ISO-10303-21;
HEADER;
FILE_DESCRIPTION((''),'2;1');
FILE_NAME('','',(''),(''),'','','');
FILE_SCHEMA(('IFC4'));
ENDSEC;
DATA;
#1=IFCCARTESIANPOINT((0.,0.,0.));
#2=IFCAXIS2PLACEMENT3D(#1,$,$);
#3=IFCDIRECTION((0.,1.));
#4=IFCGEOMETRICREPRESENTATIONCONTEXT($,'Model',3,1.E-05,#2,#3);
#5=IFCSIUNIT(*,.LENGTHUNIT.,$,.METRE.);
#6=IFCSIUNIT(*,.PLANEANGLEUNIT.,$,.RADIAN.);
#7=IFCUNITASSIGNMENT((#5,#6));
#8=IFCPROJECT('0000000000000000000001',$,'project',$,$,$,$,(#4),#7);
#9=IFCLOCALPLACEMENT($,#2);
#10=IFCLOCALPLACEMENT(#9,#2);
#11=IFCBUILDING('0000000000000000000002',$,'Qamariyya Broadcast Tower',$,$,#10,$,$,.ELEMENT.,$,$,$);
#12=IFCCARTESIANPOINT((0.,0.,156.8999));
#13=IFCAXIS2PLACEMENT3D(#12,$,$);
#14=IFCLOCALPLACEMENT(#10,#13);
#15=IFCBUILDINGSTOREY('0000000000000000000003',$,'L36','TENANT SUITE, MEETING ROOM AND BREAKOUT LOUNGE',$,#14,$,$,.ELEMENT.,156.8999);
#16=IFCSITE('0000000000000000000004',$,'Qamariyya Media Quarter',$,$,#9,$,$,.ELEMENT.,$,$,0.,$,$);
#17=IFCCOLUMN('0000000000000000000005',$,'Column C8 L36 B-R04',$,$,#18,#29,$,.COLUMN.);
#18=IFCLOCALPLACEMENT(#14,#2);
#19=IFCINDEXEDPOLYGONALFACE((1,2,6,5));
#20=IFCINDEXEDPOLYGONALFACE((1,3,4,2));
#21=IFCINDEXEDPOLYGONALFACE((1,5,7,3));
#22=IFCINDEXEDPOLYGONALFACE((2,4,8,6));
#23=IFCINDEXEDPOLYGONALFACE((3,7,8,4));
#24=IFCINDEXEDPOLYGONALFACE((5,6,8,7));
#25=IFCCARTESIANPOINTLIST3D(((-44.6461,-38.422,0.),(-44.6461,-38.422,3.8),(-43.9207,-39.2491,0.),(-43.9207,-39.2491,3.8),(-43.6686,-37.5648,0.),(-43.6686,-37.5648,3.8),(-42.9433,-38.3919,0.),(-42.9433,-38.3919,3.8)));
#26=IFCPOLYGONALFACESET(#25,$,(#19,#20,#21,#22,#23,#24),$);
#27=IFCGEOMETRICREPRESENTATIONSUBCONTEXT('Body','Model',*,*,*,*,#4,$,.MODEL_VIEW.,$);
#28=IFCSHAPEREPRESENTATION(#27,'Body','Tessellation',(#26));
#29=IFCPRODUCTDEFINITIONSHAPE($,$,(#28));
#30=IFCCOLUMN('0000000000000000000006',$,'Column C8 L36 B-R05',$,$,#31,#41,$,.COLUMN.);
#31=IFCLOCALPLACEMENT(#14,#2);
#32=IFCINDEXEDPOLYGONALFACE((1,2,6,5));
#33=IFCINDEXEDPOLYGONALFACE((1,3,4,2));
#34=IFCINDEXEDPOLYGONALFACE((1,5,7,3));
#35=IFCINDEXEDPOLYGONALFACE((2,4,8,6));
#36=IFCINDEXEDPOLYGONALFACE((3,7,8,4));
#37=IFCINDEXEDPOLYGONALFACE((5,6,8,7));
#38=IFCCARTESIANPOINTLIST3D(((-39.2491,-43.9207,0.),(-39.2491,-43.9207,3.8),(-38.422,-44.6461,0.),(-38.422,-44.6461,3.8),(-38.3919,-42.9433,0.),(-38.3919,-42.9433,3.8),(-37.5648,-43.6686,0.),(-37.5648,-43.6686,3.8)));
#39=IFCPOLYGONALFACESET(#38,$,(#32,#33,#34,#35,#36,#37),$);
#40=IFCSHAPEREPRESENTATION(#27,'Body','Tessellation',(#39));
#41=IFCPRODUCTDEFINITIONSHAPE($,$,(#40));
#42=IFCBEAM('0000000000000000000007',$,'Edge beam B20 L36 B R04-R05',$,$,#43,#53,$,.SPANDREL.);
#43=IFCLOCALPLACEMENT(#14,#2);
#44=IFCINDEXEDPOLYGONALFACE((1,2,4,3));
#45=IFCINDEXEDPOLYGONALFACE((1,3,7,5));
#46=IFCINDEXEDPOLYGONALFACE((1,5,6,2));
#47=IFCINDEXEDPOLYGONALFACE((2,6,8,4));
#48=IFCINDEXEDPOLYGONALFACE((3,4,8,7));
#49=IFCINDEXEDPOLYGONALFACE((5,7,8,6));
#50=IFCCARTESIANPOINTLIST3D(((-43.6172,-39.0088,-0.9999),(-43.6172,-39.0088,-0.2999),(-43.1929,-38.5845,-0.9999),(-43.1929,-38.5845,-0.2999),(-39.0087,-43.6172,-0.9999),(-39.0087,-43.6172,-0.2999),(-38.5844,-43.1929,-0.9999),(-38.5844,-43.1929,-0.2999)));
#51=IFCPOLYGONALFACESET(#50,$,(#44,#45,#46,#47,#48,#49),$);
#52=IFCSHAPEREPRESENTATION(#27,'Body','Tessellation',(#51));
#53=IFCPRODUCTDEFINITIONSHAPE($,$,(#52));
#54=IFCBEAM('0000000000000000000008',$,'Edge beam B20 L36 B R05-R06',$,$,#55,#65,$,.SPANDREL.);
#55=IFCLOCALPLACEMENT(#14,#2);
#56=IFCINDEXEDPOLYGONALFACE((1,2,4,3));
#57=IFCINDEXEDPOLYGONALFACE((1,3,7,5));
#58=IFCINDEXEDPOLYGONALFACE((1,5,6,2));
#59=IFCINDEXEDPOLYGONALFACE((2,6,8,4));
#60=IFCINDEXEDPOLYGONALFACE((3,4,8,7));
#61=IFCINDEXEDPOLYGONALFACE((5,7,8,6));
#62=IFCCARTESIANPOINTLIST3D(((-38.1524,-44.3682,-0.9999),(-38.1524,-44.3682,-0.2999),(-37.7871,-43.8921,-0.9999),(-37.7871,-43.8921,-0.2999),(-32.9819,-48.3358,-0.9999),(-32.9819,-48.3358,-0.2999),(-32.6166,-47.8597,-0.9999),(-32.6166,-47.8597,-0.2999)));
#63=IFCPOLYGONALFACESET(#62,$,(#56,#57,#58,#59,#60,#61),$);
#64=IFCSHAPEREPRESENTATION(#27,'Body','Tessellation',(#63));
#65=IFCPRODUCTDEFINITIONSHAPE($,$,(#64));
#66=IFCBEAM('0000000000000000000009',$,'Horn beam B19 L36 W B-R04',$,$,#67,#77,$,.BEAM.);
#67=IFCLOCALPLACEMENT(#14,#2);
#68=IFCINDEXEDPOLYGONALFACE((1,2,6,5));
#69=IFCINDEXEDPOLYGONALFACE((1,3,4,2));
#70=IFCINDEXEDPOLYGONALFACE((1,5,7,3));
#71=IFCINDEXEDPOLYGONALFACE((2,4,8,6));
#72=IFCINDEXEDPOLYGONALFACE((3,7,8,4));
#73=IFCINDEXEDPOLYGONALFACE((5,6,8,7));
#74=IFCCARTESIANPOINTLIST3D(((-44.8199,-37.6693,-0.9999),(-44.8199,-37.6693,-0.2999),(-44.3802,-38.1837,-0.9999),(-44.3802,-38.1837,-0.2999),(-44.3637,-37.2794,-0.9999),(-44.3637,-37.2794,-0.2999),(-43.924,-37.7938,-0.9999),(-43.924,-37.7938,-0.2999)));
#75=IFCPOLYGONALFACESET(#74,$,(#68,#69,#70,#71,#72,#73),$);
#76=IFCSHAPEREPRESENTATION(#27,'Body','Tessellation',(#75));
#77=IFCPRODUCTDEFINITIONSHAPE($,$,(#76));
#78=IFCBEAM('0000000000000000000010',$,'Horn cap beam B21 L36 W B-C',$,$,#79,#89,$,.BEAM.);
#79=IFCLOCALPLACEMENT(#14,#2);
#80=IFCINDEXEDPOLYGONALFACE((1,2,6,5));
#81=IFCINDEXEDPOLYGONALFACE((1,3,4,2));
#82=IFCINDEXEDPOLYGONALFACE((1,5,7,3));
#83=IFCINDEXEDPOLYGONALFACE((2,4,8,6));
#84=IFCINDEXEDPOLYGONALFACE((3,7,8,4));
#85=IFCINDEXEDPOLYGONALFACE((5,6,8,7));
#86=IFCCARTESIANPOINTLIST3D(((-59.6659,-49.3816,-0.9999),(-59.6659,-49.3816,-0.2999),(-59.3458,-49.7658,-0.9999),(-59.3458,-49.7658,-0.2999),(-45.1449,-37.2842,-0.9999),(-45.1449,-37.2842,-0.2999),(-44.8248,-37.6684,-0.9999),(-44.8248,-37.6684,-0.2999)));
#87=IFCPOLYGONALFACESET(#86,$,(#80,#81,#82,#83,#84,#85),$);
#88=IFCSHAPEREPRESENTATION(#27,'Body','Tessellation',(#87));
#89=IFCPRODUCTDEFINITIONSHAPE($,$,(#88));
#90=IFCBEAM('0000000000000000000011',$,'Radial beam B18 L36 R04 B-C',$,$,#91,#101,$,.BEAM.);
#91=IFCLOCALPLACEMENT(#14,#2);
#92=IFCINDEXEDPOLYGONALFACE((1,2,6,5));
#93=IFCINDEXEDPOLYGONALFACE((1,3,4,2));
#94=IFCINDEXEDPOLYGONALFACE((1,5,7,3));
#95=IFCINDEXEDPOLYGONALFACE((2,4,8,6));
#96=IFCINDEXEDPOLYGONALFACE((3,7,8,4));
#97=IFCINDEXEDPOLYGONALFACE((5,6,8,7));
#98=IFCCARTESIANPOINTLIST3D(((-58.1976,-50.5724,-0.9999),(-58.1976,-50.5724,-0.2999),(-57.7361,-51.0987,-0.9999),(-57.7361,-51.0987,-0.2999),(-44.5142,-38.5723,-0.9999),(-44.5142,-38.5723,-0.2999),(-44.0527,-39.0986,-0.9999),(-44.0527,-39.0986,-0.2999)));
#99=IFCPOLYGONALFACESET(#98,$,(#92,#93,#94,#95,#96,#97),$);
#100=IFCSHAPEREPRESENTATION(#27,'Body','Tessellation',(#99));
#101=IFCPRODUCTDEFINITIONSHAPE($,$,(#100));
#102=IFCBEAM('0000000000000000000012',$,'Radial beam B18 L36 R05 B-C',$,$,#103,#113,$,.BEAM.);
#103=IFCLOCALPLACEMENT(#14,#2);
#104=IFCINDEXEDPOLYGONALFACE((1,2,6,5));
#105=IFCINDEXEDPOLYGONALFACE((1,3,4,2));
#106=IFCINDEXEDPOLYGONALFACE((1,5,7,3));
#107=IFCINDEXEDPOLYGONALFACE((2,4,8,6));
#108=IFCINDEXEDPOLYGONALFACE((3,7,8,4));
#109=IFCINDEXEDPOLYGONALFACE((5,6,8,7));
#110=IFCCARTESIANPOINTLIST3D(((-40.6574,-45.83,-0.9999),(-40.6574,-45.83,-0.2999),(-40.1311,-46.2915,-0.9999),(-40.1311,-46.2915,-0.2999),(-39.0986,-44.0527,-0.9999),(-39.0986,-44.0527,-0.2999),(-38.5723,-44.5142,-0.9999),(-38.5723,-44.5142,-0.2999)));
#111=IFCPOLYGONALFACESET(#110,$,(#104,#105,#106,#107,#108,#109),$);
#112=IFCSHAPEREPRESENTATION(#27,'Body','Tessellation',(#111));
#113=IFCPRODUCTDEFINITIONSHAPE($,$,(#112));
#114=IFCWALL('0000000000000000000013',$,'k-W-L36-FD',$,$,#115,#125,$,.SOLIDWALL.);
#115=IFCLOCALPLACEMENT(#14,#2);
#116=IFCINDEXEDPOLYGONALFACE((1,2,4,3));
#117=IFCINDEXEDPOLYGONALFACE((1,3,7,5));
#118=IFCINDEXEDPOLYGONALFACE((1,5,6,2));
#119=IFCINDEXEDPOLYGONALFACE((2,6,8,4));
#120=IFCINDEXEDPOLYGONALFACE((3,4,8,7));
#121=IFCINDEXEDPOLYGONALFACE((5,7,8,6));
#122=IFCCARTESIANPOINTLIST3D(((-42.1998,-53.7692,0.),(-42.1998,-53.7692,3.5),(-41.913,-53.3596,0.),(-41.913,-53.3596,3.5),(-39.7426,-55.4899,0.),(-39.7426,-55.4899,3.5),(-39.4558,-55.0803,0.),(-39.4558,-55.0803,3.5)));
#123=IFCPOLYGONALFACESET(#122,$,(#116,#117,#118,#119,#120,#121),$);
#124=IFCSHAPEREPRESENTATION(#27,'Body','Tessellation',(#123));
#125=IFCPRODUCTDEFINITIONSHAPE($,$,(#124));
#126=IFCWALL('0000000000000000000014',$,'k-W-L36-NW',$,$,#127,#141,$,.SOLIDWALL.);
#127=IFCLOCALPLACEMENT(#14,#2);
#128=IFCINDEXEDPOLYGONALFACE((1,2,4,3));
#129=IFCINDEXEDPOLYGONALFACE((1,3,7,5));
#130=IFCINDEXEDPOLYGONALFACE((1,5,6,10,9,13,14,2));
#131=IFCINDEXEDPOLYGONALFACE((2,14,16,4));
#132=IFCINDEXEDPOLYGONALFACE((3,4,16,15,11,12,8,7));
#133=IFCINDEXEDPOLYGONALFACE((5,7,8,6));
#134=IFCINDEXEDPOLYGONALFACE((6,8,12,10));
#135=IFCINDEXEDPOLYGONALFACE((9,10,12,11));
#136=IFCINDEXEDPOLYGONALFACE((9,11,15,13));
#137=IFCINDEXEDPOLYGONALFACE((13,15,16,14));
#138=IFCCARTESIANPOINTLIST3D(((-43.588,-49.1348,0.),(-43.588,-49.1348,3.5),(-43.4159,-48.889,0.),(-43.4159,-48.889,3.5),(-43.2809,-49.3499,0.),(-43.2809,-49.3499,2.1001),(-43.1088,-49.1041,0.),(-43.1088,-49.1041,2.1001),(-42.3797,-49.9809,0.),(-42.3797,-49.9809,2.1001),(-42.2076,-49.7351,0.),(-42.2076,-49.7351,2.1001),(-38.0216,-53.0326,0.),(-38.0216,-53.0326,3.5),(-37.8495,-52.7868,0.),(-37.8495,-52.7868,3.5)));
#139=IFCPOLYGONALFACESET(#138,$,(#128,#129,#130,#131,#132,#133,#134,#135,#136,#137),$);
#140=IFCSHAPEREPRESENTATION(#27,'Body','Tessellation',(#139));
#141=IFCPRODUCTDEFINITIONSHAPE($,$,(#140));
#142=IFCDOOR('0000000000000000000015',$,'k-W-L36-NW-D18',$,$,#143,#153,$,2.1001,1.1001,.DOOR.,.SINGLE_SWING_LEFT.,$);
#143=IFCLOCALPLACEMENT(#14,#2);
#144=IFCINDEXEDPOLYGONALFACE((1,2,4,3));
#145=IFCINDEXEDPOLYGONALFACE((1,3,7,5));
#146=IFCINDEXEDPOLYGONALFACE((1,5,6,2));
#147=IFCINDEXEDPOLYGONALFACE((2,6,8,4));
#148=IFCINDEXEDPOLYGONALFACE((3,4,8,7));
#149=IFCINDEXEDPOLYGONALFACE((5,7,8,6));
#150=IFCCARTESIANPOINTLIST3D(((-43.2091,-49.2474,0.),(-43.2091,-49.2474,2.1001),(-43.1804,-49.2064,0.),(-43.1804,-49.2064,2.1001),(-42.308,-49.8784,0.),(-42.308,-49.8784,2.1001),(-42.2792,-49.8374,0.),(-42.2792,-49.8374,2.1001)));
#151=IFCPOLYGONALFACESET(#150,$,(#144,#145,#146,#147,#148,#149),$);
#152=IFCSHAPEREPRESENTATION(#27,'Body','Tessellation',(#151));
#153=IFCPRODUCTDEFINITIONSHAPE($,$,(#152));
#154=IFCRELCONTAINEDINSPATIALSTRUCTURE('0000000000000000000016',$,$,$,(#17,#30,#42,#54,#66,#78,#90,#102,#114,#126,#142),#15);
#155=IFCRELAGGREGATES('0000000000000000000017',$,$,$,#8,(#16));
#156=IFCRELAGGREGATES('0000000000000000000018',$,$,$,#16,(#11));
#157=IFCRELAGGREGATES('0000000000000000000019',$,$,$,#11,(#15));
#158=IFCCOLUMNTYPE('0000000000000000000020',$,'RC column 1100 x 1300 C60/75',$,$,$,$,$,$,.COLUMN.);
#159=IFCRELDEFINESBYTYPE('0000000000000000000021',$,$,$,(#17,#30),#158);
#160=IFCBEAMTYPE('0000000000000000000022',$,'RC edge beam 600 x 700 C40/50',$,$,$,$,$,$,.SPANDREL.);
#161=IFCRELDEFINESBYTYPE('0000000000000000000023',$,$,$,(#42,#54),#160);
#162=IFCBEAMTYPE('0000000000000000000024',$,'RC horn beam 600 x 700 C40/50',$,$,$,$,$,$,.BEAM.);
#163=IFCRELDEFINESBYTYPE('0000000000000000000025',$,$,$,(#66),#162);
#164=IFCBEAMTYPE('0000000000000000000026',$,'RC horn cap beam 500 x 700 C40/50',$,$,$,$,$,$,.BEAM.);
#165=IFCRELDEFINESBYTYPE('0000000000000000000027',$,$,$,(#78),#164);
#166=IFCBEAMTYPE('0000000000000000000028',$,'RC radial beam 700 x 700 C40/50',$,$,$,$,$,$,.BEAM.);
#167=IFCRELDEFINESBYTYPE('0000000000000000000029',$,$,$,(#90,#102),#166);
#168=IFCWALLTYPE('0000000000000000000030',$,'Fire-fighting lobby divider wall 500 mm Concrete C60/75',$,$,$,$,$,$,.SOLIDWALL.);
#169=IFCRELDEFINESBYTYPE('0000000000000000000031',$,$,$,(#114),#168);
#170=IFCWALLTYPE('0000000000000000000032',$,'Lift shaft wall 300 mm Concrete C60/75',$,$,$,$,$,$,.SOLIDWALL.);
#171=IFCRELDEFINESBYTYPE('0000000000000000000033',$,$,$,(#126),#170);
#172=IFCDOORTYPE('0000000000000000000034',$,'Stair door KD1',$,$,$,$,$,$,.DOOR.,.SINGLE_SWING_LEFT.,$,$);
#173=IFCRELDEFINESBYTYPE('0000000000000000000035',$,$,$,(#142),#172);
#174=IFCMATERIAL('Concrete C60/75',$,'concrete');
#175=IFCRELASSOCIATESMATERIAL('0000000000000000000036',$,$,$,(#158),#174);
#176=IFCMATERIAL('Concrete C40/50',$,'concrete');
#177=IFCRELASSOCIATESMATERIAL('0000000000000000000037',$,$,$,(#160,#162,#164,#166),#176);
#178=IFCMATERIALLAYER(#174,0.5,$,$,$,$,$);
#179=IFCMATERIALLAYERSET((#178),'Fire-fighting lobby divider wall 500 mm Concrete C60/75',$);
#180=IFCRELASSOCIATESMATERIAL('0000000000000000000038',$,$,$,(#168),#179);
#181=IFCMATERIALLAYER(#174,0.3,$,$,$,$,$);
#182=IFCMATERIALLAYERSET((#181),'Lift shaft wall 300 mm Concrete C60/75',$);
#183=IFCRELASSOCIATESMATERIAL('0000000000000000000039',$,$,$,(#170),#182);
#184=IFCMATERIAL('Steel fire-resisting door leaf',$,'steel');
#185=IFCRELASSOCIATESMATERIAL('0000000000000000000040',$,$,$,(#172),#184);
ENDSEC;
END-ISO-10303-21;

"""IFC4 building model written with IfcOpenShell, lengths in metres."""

from ifc_helpers import new_model, si_unit, direction, frame, frame_2d, origin, origin_2d, place, context, subcontext, project, spatial, rectangle, extrude, material, layer, layer_set, material_profile, profile_set, type_object, element, fill, save


model = new_model("IFC4")

# Units and contexts
model_context = context("Model", 3, precision=1e-05, world=origin(), true_north=direction((0.0, 1.0)))
body_context = subcontext(model_context, "Body", "Model", "MODEL_VIEW")
ifc_project = project(units=[si_unit("LENGTHUNIT", "METRE"), si_unit("PLANEANGLEUNIT", "RADIAN")], contexts=[model_context])

# Site, building, storey
site_placement = place(None, origin())
site = spatial("IfcSite", under=ifc_project, at=site_placement, Name="Qamariyya Media Quarter", CompositionType="ELEMENT", RefElevation=0.0)
building_placement = place(site_placement, origin())
building = spatial("IfcBuilding", under=site, at=building_placement, Name="Qamariyya Broadcast Tower", CompositionType="ELEMENT")
storey_placement = place(building_placement, frame((0.0, 0.0, 156.8999)))
storey = spatial("IfcBuildingStorey", under=building, at=storey_placement, Name="L36", Description="TENANT SUITE, MEETING ROOM AND BREAKOUT LOUNGE", CompositionType="ELEMENT", Elevation=156.8999)

# Columns
ifc_material_1 = material(Name="Concrete C60/75", Category="concrete")
ifc_material_profile_1 = material_profile(ifc_material_1, rectangle(XDim=1.1001, YDim=1.3, at=origin_2d()))
ifc_profile_set_1 = profile_set([ifc_material_profile_1], Name="Concrete C60/75")
column_type = type_object("IfcColumnType", Name="RC column 1100 x 1300 C60/75", PredefinedType="COLUMN", material=ifc_profile_set_1)
for number, where, z_axis, x_axis, name in (
    (1, (-43.7947, -38.407, 0.0), (0.0, 0.0, 1.0), (0.659346, -0.75184, 0.0), "Column C8 L36 B-R04"),
    (2, (-38.407, -43.7947, 0.0), (0.0, 0.0, 1.0), (0.75184, -0.659346, 0.0), "Column C8 L36 B-R05"),
):
    element("IfcColumn", number, at=place(storey_placement, frame(where, z_axis=z_axis, x_axis=x_axis)), inside=storey, type_object=column_type, Name=name, PredefinedType="COLUMN", context=body_context, shape_type="SweptSolid", body=[
        extrude(rectangle(XDim=1.1001, YDim=1.3, at=origin_2d()), origin(), (0.0, 0.0, 1.0), 3.8),
    ])

# Beams
ifc_material_2 = material(Name="Concrete C40/50", Category="concrete")
ifc_material_profile_2 = material_profile(ifc_material_2, rectangle(XDim=0.6001, YDim=0.7, at=origin_2d()))
ifc_profile_set_2 = profile_set([ifc_material_profile_2], Name="Concrete C40/50")
beam_type_1 = type_object("IfcBeamType", Name="RC edge beam 600 x 700 C40/50", PredefinedType="SPANDREL", material=ifc_profile_set_2)
for number, where, z_axis, x_axis, name in (
    (3, (-43.405, -38.7966, -0.6499), (0.707107, -0.707107, 0.0), (0.707107, 0.707107, 0.0), "Edge beam B20 L36 B R04-R05"),
    (4, (-37.9697, -44.1301, -0.6499), (0.793343, -0.608774, 0.0), (0.608774, 0.793343, 0.0), "Edge beam B20 L36 B R05-R06"),
):
    element("IfcBeam", number, at=place(storey_placement, frame(where, z_axis=z_axis, x_axis=x_axis)), inside=storey, type_object=beam_type_1, Name=name, PredefinedType="SPANDREL", context=body_context, shape_type="SweptSolid", body=[
        extrude(rectangle(XDim=0.6001, YDim=0.7, at=origin_2d()), origin(), (0.0, 0.0, 1.0), 6.5173),
    ])
ifc_material_profile_3 = material_profile(ifc_material_2, rectangle(XDim=0.6001, YDim=0.7, at=origin_2d()))
ifc_profile_set_3 = profile_set([ifc_material_profile_3], Name="Concrete C40/50")
beam_type_2 = type_object("IfcBeamType", Name="RC horn beam 600 x 700 C40/50", PredefinedType="BEAM", material=ifc_profile_set_3)
beam_1_placement = place(storey_placement, frame((-44.1521, -37.9888, -0.6499), z_axis=(-0.649751, 0.760147, 0.0), x_axis=(-0.760147, -0.649751, 0.0)))
element("IfcBeam", 5, at=beam_1_placement, inside=storey, type_object=beam_type_2, Name="Horn beam B19 L36 W B-R04", PredefinedType="BEAM", context=body_context, shape_type="SweptSolid", body=[
    extrude(rectangle(XDim=0.6001, YDim=0.7, at=origin_2d()), origin(), (0.0, 0.0, 1.0), 0.6768),
])
ifc_material_profile_4 = material_profile(ifc_material_2, rectangle(XDim=0.5, YDim=0.7, at=origin_2d()))
ifc_profile_set_4 = profile_set([ifc_material_profile_4], Name="Concrete C40/50")
beam_type_3 = type_object("IfcBeamType", Name="RC horn cap beam 500 x 700 C40/50", PredefinedType="BEAM", material=ifc_profile_set_4)
beam_2_placement = place(storey_placement, frame((-44.9849, -37.4763, -0.6499), z_axis=(-0.76831, -0.640078, 0.0), x_axis=(0.640078, -0.76831, 0.0)))
element("IfcBeam", 6, at=beam_2_placement, inside=storey, type_object=beam_type_3, Name="Horn cap beam B21 L36 W B-C", PredefinedType="BEAM", context=body_context, shape_type="SweptSolid", body=[
    extrude(rectangle(XDim=0.5, YDim=0.7, at=origin_2d()), origin(), (0.0, 0.0, 1.0), 18.8999),
])
ifc_material_profile_5 = material_profile(ifc_material_2, rectangle(XDim=0.7, YDim=0.7, at=origin_2d()))
ifc_profile_set_5 = profile_set([ifc_material_profile_5], Name="Concrete C40/50")
beam_type_4 = type_object("IfcBeamType", Name="RC radial beam 700 x 700 C40/50", PredefinedType="BEAM", material=ifc_profile_set_5)
beam_3_placement = place(storey_placement, frame((-44.2834, -38.8354, -0.6499), z_axis=(-0.751839, -0.659347, 0.0), x_axis=(0.659347, -0.751839, 0.0)))
element("IfcBeam", 7, at=beam_3_placement, inside=storey, type_object=beam_type_4, Name="Radial beam B18 L36 R04 B-C", PredefinedType="BEAM", context=body_context, shape_type="SweptSolid", body=[
    extrude(rectangle(XDim=0.7, YDim=0.7, at=origin_2d()), origin(), (0.0, 0.0, 1.0), 18.2),
])
beam_4_placement = place(storey_placement, frame((-38.8354, -44.2834, -0.6499), z_axis=(-0.659382, -0.751809, 0.0), x_axis=(0.751809, -0.659382, 0.0)))
element("IfcBeam", 8, at=beam_4_placement, inside=storey, type_object=beam_type_4, Name="Radial beam B18 L36 R05 B-C", PredefinedType="BEAM", context=body_context, shape_type="SweptSolid", body=[
    extrude(rectangle(XDim=0.7, YDim=0.7, at=origin_2d()), origin(), (0.0, 0.0, 1.0), 2.364),
])

# Wall
ifc_layer_1 = layer(ifc_material_1, 0.5)
ifc_layer_set_1 = layer_set([ifc_layer_1], Name="Fire-fighting lobby divider wall 500 mm Concrete C60/75")
wall_type_1 = type_object("IfcWallType", Name="Fire-fighting lobby divider wall 500 mm Concrete C60/75", PredefinedType="SOLIDWALL", material=ifc_layer_set_1)
wall_1_placement = place(storey_placement, frame((-39.5991, -55.2852, 0.0), z_axis=(0.0, 0.0, 1.0), x_axis=(-0.819136, 0.573599, 0.0)))
element("IfcWall", 9, at=wall_1_placement, inside=storey, type_object=wall_type_1, Name="k-W-L36-FD", PredefinedType="SOLIDWALL", context=body_context, shape_type="SweptSolid", body=[
    extrude(rectangle(XDim=2.9998, YDim=0.5, at=frame_2d((1.5, 0.0))), origin(), (0.0, 0.0, 1.0), 3.5),
])

# Wall, opening, door
ifc_layer_2 = layer(ifc_material_1, 0.3)
ifc_layer_set_2 = layer_set([ifc_layer_2], Name="Lift shaft wall 300 mm Concrete C60/75")
wall_type_2 = type_object("IfcWallType", Name="Lift shaft wall 300 mm Concrete C60/75", PredefinedType="SOLIDWALL", material=ifc_layer_set_2)
wall_2_placement = place(storey_placement, frame((-37.9355, -52.9097, 0.0), z_axis=(0.0, 0.0, 1.0), x_axis=(-0.819148, 0.573583, 0.0)))
wall_2 = element("IfcWall", 10, at=wall_2_placement, inside=storey, type_object=wall_type_2, Name="k-W-L36-NW", PredefinedType="SOLIDWALL", context=body_context, shape_type="SweptSolid", body=[
    extrude(rectangle(XDim=6.7954, YDim=0.3, at=frame_2d((3.3977, 0.0))), origin(), (0.0, 0.0, 1.0), 3.5),
])
opening_1_placement = place(wall_2_placement, frame((5.3203, 0.0, 0.0)))
opening_1 = element("IfcOpeningElement", 11, at=opening_1_placement, cuts=wall_2, PredefinedType="OPENING", context=body_context, shape_type="SweptSolid", body=[
    extrude(rectangle(XDim=1.1001, YDim=2.1001, at=frame_2d((0.55, 1.05))), frame((0.0, 0.1599, 0.0), z_axis=(0.0, -1.0, 0.0), x_axis=(1.0, 0.0, 0.0)), (0.0, 0.0, 1.0), 0.3201),
])
ifc_material_3 = material(Name="Steel fire-resisting door leaf", Category="steel")
door_type_1 = type_object("IfcDoorType", Name="Stair door KD1", OperationType="SINGLE_SWING_LEFT", PredefinedType="DOOR", material=ifc_material_3)
door_1_placement = place(opening_1_placement, origin())
door_1 = element("IfcDoor", 12, at=door_1_placement, inside=storey, type_object=door_type_1, Name="k-W-L36-NW-D18", OperationType="SINGLE_SWING_LEFT", OverallHeight=2.1001, OverallWidth=1.1001, PredefinedType="DOOR", context=body_context, shape_type="SweptSolid", body=[
    extrude(rectangle(XDim=1.1001, YDim=2.1001, at=frame_2d((0.55, 1.05))), frame((0.0, 0.0249, 0.0), z_axis=(0.0, -1.0, 0.0), x_axis=(1.0, 0.0, 0.0)), (0.0, 0.0, 1.0), 0.05),
])
fill(opening_1, door_1)

save(model, "model.ifc")
